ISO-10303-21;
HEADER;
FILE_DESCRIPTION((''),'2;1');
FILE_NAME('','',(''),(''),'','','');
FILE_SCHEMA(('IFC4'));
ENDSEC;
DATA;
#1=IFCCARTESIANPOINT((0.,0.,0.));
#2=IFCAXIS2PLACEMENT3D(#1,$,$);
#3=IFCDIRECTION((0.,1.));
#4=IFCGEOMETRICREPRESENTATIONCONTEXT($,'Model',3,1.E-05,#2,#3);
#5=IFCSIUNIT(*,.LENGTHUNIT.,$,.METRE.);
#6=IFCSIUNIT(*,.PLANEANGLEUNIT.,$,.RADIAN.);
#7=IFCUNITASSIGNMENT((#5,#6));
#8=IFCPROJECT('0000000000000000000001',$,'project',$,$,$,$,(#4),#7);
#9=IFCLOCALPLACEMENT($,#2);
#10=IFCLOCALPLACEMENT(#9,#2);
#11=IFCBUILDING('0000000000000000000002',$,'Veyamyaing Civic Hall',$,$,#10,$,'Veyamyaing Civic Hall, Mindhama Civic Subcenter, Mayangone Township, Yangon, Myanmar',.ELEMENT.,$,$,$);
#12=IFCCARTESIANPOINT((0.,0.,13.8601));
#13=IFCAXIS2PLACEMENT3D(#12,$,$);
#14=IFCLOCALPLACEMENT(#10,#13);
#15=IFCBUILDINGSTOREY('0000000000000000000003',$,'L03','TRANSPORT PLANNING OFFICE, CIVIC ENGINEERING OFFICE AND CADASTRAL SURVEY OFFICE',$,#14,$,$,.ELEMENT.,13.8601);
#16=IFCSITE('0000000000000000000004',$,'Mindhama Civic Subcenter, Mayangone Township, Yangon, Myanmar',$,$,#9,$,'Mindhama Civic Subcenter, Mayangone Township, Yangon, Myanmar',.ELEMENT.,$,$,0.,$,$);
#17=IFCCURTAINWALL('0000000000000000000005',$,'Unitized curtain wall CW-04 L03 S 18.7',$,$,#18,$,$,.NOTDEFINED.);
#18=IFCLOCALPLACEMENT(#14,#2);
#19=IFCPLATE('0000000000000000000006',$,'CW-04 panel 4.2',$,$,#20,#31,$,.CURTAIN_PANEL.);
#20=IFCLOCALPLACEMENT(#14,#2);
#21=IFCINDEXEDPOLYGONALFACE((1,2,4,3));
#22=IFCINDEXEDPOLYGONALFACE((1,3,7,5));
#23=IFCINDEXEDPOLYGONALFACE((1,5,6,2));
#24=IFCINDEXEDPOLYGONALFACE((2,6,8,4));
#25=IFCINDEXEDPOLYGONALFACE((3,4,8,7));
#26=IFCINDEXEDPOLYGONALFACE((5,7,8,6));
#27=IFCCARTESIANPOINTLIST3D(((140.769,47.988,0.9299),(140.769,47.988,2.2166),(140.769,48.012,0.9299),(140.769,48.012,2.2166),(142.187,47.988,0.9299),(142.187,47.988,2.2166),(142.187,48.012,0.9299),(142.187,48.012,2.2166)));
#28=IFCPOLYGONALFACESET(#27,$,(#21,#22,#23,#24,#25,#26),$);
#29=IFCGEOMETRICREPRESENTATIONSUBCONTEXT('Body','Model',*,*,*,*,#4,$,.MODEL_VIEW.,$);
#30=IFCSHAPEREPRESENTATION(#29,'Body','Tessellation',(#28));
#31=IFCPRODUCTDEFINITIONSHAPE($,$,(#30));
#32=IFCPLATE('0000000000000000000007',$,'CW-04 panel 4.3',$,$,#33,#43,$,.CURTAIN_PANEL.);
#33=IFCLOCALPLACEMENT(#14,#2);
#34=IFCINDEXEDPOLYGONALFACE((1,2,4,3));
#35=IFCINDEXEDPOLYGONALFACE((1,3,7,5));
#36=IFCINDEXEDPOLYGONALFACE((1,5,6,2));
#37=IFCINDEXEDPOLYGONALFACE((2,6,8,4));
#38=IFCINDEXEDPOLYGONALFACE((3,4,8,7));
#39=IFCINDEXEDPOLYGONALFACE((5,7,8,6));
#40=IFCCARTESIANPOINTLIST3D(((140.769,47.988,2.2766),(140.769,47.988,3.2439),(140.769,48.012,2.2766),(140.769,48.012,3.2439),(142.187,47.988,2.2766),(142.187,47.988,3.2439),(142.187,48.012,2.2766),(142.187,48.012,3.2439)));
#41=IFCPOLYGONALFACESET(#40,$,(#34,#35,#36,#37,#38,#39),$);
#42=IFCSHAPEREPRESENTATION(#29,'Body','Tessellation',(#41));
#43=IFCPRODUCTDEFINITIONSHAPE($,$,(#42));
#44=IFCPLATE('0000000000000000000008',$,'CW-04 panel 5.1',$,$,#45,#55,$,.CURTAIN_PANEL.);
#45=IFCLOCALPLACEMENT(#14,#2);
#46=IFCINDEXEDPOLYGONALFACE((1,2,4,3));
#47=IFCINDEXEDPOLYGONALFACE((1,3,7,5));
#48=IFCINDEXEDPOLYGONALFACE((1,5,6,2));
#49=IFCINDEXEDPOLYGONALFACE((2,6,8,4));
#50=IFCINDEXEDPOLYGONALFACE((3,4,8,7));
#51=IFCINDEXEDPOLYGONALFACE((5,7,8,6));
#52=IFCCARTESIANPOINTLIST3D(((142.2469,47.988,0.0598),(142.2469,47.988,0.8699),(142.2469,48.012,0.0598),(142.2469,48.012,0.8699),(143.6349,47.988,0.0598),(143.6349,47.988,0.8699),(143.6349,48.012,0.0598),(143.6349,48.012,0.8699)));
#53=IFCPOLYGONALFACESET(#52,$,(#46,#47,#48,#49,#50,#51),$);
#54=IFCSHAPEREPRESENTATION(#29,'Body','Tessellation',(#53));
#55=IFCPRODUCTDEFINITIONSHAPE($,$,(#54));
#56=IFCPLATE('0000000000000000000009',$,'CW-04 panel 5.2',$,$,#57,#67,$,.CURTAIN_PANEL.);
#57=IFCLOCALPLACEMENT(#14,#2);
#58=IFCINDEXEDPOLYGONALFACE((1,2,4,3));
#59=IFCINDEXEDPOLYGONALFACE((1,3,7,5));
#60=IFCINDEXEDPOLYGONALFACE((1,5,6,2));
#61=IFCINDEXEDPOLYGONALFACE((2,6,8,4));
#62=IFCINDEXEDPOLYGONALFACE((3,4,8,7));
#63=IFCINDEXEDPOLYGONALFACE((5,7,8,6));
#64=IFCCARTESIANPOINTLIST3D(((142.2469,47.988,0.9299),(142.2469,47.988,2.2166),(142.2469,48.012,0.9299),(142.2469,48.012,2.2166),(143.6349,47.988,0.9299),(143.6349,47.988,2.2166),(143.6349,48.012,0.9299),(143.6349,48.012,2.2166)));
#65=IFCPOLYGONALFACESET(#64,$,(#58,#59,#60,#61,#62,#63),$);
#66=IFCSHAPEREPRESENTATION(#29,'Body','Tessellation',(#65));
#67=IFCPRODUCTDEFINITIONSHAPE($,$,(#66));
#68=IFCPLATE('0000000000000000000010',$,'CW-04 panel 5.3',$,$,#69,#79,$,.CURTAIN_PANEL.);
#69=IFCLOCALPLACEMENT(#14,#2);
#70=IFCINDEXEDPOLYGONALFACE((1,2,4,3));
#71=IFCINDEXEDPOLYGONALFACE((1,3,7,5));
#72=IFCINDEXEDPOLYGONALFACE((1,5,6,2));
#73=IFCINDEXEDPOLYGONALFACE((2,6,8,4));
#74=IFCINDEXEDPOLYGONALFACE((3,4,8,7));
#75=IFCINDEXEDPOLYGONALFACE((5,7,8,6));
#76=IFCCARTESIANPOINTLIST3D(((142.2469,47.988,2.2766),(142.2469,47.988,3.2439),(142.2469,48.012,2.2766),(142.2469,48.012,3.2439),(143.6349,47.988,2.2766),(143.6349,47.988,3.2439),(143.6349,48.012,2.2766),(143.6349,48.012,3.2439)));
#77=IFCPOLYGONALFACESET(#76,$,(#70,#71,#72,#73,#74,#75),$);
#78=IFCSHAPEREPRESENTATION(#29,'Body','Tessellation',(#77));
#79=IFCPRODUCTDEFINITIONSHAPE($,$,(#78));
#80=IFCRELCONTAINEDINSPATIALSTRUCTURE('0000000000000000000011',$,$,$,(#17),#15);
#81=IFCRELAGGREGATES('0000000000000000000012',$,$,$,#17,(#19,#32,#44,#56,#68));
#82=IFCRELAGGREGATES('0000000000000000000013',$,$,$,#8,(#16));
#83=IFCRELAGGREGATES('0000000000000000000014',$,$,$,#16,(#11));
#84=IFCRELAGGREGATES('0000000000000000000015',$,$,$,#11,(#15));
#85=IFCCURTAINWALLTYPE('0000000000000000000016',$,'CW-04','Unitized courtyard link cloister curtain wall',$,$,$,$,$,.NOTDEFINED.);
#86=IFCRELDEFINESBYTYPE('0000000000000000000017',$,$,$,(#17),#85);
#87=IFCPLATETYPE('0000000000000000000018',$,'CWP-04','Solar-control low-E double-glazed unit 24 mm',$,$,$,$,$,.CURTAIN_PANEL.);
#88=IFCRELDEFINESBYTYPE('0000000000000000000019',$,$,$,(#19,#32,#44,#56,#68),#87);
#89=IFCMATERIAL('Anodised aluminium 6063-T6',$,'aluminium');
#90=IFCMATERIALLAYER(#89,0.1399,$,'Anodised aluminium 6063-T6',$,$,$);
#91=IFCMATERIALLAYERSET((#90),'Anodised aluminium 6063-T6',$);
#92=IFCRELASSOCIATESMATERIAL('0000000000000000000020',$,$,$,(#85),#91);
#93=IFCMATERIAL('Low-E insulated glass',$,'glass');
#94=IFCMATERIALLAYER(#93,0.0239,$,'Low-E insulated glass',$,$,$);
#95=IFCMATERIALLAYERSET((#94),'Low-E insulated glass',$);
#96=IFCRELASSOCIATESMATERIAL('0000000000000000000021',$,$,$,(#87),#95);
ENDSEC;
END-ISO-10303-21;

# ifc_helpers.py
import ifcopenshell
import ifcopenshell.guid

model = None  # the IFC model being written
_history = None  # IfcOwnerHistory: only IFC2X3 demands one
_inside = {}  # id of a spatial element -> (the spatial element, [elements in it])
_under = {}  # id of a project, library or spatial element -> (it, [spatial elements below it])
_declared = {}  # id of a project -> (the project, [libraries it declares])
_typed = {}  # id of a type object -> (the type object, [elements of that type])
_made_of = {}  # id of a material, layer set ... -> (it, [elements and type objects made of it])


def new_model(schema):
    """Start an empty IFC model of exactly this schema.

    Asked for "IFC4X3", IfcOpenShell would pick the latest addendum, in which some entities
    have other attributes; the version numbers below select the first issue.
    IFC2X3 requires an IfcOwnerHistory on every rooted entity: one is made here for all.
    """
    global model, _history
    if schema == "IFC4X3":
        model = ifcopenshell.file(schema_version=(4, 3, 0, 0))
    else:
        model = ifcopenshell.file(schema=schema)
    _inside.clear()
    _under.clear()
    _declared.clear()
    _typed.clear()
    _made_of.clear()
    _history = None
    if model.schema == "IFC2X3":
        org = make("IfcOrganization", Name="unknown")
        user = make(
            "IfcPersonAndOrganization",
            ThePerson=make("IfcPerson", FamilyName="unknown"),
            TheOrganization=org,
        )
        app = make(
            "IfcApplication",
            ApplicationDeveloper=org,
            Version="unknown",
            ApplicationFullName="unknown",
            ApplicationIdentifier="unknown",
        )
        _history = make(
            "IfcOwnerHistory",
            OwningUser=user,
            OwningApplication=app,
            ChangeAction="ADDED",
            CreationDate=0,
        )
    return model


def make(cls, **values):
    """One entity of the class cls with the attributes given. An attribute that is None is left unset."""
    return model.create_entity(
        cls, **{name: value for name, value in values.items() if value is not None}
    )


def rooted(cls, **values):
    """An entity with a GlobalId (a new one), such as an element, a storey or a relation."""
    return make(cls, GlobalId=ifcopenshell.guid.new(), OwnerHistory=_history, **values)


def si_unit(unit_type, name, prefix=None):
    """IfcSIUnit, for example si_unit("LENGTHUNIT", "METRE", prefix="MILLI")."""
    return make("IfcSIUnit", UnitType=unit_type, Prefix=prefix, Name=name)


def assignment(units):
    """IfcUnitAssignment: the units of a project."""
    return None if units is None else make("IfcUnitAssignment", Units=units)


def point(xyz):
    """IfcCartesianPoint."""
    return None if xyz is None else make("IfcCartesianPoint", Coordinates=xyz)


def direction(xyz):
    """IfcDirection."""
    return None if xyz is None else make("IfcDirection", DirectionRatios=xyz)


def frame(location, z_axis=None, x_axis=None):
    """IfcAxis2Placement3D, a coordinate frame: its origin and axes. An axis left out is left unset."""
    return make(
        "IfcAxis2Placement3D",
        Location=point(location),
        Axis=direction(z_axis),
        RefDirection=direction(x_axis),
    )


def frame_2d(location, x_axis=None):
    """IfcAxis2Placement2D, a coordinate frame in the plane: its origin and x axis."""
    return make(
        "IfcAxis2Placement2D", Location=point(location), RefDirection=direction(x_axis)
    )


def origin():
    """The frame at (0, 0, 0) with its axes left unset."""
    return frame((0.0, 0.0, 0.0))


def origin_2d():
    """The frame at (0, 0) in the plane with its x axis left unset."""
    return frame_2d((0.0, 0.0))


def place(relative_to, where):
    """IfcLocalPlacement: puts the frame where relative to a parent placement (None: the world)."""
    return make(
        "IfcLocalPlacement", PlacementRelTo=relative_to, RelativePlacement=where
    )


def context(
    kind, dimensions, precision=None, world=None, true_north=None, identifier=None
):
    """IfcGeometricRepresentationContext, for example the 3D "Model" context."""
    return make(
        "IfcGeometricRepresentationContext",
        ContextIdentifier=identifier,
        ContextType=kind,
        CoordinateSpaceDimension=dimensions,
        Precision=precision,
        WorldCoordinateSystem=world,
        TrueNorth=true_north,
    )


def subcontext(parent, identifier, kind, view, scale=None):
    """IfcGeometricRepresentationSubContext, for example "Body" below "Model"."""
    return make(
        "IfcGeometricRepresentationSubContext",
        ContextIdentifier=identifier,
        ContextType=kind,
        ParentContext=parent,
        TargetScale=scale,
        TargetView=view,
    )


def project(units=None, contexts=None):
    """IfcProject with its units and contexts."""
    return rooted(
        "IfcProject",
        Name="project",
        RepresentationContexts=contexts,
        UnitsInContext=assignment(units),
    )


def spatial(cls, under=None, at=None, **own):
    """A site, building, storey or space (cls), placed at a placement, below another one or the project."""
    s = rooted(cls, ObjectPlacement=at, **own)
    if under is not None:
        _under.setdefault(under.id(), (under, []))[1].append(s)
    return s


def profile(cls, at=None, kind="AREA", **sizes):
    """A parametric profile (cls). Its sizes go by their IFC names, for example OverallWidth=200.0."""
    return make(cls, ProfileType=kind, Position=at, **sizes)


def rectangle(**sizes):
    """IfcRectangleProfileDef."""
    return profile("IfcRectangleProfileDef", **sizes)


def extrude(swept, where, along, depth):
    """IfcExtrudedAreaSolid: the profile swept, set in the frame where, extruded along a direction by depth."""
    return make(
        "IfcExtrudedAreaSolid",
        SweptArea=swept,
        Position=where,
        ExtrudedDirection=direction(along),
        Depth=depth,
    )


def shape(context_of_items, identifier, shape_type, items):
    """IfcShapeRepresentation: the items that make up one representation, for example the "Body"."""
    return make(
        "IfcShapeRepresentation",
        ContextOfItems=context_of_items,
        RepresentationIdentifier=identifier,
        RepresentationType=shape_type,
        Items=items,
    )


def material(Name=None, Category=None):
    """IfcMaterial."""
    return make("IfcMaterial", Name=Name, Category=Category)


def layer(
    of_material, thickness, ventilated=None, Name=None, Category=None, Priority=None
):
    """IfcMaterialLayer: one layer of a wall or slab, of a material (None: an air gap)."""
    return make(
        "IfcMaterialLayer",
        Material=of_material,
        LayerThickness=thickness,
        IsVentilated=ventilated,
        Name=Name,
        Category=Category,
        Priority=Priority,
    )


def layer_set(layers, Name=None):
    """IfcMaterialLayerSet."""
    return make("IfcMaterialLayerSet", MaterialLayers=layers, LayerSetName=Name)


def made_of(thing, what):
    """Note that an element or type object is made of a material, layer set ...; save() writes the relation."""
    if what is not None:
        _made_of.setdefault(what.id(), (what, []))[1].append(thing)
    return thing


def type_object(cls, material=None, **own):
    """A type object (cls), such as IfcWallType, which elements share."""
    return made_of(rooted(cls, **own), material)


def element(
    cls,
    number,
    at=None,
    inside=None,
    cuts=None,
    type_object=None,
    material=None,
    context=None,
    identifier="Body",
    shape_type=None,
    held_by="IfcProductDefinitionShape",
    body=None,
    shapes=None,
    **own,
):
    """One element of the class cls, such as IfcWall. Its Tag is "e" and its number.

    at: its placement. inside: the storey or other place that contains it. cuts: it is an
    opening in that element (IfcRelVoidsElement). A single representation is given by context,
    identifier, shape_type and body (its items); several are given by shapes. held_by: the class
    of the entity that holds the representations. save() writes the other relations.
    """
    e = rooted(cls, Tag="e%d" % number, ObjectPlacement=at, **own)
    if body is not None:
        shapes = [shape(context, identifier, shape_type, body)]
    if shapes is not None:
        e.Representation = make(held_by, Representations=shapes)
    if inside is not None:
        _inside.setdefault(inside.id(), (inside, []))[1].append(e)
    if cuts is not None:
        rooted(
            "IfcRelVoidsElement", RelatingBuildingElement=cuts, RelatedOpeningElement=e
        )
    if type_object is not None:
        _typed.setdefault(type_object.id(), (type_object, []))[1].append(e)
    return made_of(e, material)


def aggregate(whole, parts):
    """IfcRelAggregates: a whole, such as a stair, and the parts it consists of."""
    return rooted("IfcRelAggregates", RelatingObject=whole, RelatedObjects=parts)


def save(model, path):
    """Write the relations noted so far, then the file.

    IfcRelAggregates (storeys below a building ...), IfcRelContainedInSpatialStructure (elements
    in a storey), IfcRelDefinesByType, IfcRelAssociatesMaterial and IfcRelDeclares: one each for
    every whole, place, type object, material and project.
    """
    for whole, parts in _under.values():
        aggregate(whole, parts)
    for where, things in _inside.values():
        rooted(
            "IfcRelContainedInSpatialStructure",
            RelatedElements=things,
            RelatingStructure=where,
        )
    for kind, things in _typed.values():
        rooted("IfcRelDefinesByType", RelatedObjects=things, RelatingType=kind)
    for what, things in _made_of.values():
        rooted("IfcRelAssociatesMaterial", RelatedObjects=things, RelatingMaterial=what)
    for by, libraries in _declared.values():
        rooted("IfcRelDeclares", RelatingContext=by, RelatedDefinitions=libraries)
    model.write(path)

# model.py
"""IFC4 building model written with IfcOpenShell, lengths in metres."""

from ifc_helpers import new_model, si_unit, direction, frame, origin, origin_2d, place, context, subcontext, project, spatial, rectangle, extrude, material, layer, layer_set, type_object, element, aggregate, save


model = new_model("IFC4")

# Units and contexts
model_context = context("Model", 3, precision=1e-05, world=origin(), true_north=direction((0.0, 1.0)))
body_context = subcontext(model_context, "Body", "Model", "MODEL_VIEW")
ifc_project = project(units=[si_unit("LENGTHUNIT", "METRE"), si_unit("PLANEANGLEUNIT", "RADIAN")], contexts=[model_context])

# Site, building, storey
site_placement = place(None, origin())
site = spatial("IfcSite", under=ifc_project, at=site_placement, Name="Mindhama Civic Subcenter, Mayangone Township, Yangon, Myanmar", LongName="Mindhama Civic Subcenter, Mayangone Township, Yangon, Myanmar", CompositionType="ELEMENT", RefElevation=0.0)
building_placement = place(site_placement, origin())
building = spatial("IfcBuilding", under=site, at=building_placement, Name="Veyamyaing Civic Hall", LongName="Veyamyaing Civic Hall, Mindhama Civic Subcenter, Mayangone Township, Yangon, Myanmar", CompositionType="ELEMENT")
storey_placement = place(building_placement, frame((0.0, 0.0, 13.8601)))
storey = spatial("IfcBuildingStorey", under=building, at=storey_placement, Name="L03", Description="TRANSPORT PLANNING OFFICE, CIVIC ENGINEERING OFFICE AND CADASTRAL SURVEY OFFICE", CompositionType="ELEMENT", Elevation=13.8601)

# Curtain wall
ifc_material_1 = material(Name="Anodised aluminium 6063-T6", Category="aluminium")
ifc_layer_1 = layer(ifc_material_1, 0.1399, Name="Anodised aluminium 6063-T6")
ifc_layer_set_1 = layer_set([ifc_layer_1], Name="Anodised aluminium 6063-T6")
curtain_wall_type = type_object("IfcCurtainWallType", Name="CW-04", Description="Unitized courtyard link cloister curtain wall", PredefinedType="NOTDEFINED", material=ifc_layer_set_1)
curtain_wall_placement = place(storey_placement, origin())
curtain_wall = element("IfcCurtainWall", 1, at=curtain_wall_placement, inside=storey, type_object=curtain_wall_type, Name="Unitized curtain wall CW-04 L03 S 18.7", PredefinedType="NOTDEFINED")

# Plates
ifc_material_2 = material(Name="Low-E insulated glass", Category="glass")
ifc_layer_2 = layer(ifc_material_2, 0.0239, Name="Low-E insulated glass")
ifc_layer_set_2 = layer_set([ifc_layer_2], Name="Low-E insulated glass")
plate_type = type_object("IfcPlateType", Name="CWP-04", Description="Solar-control low-E double-glazed unit 24 mm", PredefinedType="CURTAIN_PANEL", material=ifc_layer_set_2)
plate_1_placement = place(storey_placement, frame((141.478, 48.0, 0.9299), z_axis=(0.0, 0.0, 1.0), x_axis=(1.0, 0.0, 0.0)))
plate_1 = element("IfcPlate", 2, at=plate_1_placement, type_object=plate_type, Name="CW-04 panel 4.2", PredefinedType="CURTAIN_PANEL", context=body_context, shape_type="SweptSolid", body=[
    extrude(rectangle(XDim=1.418, YDim=0.0239, at=origin_2d()), origin(), (0.0, 0.0, 1.0), 1.2866),
])
plate_2_placement = place(storey_placement, frame((141.478, 48.0, 2.2766), z_axis=(0.0, 0.0, 1.0), x_axis=(1.0, 0.0, 0.0)))
plate_2 = element("IfcPlate", 3, at=plate_2_placement, type_object=plate_type, Name="CW-04 panel 4.3", PredefinedType="CURTAIN_PANEL", context=body_context, shape_type="SweptSolid", body=[
    extrude(rectangle(XDim=1.418, YDim=0.0239, at=origin_2d()), origin(), (0.0, 0.0, 1.0), 0.9673),
])
plate_3_placement = place(storey_placement, frame((142.9409, 48.0, 0.0598), z_axis=(0.0, 0.0, 1.0), x_axis=(1.0, 0.0, 0.0)))
plate_3 = element("IfcPlate", 4, at=plate_3_placement, type_object=plate_type, Name="CW-04 panel 5.1", PredefinedType="CURTAIN_PANEL", context=body_context, shape_type="SweptSolid", body=[
    extrude(rectangle(XDim=1.3879, YDim=0.0239, at=origin_2d()), origin(), (0.0, 0.0, 1.0), 0.8101),
])
plate_4_placement = place(storey_placement, frame((142.9409, 48.0, 0.9299), z_axis=(0.0, 0.0, 1.0), x_axis=(1.0, 0.0, 0.0)))
plate_4 = element("IfcPlate", 5, at=plate_4_placement, type_object=plate_type, Name="CW-04 panel 5.2", PredefinedType="CURTAIN_PANEL", context=body_context, shape_type="SweptSolid", body=[
    extrude(rectangle(XDim=1.3879, YDim=0.0239, at=origin_2d()), origin(), (0.0, 0.0, 1.0), 1.2866),
])
plate_5_placement = place(storey_placement, frame((142.9409, 48.0, 2.2766), z_axis=(0.0, 0.0, 1.0), x_axis=(1.0, 0.0, 0.0)))
plate_5 = element("IfcPlate", 6, at=plate_5_placement, type_object=plate_type, Name="CW-04 panel 5.3", PredefinedType="CURTAIN_PANEL", context=body_context, shape_type="SweptSolid", body=[
    extrude(rectangle(XDim=1.3879, YDim=0.0239, at=origin_2d()), origin(), (0.0, 0.0, 1.0), 0.9673),
])
aggregate(curtain_wall, [plate_1, plate_2, plate_3, plate_4, plate_5])

save(model, "model.ifc")
